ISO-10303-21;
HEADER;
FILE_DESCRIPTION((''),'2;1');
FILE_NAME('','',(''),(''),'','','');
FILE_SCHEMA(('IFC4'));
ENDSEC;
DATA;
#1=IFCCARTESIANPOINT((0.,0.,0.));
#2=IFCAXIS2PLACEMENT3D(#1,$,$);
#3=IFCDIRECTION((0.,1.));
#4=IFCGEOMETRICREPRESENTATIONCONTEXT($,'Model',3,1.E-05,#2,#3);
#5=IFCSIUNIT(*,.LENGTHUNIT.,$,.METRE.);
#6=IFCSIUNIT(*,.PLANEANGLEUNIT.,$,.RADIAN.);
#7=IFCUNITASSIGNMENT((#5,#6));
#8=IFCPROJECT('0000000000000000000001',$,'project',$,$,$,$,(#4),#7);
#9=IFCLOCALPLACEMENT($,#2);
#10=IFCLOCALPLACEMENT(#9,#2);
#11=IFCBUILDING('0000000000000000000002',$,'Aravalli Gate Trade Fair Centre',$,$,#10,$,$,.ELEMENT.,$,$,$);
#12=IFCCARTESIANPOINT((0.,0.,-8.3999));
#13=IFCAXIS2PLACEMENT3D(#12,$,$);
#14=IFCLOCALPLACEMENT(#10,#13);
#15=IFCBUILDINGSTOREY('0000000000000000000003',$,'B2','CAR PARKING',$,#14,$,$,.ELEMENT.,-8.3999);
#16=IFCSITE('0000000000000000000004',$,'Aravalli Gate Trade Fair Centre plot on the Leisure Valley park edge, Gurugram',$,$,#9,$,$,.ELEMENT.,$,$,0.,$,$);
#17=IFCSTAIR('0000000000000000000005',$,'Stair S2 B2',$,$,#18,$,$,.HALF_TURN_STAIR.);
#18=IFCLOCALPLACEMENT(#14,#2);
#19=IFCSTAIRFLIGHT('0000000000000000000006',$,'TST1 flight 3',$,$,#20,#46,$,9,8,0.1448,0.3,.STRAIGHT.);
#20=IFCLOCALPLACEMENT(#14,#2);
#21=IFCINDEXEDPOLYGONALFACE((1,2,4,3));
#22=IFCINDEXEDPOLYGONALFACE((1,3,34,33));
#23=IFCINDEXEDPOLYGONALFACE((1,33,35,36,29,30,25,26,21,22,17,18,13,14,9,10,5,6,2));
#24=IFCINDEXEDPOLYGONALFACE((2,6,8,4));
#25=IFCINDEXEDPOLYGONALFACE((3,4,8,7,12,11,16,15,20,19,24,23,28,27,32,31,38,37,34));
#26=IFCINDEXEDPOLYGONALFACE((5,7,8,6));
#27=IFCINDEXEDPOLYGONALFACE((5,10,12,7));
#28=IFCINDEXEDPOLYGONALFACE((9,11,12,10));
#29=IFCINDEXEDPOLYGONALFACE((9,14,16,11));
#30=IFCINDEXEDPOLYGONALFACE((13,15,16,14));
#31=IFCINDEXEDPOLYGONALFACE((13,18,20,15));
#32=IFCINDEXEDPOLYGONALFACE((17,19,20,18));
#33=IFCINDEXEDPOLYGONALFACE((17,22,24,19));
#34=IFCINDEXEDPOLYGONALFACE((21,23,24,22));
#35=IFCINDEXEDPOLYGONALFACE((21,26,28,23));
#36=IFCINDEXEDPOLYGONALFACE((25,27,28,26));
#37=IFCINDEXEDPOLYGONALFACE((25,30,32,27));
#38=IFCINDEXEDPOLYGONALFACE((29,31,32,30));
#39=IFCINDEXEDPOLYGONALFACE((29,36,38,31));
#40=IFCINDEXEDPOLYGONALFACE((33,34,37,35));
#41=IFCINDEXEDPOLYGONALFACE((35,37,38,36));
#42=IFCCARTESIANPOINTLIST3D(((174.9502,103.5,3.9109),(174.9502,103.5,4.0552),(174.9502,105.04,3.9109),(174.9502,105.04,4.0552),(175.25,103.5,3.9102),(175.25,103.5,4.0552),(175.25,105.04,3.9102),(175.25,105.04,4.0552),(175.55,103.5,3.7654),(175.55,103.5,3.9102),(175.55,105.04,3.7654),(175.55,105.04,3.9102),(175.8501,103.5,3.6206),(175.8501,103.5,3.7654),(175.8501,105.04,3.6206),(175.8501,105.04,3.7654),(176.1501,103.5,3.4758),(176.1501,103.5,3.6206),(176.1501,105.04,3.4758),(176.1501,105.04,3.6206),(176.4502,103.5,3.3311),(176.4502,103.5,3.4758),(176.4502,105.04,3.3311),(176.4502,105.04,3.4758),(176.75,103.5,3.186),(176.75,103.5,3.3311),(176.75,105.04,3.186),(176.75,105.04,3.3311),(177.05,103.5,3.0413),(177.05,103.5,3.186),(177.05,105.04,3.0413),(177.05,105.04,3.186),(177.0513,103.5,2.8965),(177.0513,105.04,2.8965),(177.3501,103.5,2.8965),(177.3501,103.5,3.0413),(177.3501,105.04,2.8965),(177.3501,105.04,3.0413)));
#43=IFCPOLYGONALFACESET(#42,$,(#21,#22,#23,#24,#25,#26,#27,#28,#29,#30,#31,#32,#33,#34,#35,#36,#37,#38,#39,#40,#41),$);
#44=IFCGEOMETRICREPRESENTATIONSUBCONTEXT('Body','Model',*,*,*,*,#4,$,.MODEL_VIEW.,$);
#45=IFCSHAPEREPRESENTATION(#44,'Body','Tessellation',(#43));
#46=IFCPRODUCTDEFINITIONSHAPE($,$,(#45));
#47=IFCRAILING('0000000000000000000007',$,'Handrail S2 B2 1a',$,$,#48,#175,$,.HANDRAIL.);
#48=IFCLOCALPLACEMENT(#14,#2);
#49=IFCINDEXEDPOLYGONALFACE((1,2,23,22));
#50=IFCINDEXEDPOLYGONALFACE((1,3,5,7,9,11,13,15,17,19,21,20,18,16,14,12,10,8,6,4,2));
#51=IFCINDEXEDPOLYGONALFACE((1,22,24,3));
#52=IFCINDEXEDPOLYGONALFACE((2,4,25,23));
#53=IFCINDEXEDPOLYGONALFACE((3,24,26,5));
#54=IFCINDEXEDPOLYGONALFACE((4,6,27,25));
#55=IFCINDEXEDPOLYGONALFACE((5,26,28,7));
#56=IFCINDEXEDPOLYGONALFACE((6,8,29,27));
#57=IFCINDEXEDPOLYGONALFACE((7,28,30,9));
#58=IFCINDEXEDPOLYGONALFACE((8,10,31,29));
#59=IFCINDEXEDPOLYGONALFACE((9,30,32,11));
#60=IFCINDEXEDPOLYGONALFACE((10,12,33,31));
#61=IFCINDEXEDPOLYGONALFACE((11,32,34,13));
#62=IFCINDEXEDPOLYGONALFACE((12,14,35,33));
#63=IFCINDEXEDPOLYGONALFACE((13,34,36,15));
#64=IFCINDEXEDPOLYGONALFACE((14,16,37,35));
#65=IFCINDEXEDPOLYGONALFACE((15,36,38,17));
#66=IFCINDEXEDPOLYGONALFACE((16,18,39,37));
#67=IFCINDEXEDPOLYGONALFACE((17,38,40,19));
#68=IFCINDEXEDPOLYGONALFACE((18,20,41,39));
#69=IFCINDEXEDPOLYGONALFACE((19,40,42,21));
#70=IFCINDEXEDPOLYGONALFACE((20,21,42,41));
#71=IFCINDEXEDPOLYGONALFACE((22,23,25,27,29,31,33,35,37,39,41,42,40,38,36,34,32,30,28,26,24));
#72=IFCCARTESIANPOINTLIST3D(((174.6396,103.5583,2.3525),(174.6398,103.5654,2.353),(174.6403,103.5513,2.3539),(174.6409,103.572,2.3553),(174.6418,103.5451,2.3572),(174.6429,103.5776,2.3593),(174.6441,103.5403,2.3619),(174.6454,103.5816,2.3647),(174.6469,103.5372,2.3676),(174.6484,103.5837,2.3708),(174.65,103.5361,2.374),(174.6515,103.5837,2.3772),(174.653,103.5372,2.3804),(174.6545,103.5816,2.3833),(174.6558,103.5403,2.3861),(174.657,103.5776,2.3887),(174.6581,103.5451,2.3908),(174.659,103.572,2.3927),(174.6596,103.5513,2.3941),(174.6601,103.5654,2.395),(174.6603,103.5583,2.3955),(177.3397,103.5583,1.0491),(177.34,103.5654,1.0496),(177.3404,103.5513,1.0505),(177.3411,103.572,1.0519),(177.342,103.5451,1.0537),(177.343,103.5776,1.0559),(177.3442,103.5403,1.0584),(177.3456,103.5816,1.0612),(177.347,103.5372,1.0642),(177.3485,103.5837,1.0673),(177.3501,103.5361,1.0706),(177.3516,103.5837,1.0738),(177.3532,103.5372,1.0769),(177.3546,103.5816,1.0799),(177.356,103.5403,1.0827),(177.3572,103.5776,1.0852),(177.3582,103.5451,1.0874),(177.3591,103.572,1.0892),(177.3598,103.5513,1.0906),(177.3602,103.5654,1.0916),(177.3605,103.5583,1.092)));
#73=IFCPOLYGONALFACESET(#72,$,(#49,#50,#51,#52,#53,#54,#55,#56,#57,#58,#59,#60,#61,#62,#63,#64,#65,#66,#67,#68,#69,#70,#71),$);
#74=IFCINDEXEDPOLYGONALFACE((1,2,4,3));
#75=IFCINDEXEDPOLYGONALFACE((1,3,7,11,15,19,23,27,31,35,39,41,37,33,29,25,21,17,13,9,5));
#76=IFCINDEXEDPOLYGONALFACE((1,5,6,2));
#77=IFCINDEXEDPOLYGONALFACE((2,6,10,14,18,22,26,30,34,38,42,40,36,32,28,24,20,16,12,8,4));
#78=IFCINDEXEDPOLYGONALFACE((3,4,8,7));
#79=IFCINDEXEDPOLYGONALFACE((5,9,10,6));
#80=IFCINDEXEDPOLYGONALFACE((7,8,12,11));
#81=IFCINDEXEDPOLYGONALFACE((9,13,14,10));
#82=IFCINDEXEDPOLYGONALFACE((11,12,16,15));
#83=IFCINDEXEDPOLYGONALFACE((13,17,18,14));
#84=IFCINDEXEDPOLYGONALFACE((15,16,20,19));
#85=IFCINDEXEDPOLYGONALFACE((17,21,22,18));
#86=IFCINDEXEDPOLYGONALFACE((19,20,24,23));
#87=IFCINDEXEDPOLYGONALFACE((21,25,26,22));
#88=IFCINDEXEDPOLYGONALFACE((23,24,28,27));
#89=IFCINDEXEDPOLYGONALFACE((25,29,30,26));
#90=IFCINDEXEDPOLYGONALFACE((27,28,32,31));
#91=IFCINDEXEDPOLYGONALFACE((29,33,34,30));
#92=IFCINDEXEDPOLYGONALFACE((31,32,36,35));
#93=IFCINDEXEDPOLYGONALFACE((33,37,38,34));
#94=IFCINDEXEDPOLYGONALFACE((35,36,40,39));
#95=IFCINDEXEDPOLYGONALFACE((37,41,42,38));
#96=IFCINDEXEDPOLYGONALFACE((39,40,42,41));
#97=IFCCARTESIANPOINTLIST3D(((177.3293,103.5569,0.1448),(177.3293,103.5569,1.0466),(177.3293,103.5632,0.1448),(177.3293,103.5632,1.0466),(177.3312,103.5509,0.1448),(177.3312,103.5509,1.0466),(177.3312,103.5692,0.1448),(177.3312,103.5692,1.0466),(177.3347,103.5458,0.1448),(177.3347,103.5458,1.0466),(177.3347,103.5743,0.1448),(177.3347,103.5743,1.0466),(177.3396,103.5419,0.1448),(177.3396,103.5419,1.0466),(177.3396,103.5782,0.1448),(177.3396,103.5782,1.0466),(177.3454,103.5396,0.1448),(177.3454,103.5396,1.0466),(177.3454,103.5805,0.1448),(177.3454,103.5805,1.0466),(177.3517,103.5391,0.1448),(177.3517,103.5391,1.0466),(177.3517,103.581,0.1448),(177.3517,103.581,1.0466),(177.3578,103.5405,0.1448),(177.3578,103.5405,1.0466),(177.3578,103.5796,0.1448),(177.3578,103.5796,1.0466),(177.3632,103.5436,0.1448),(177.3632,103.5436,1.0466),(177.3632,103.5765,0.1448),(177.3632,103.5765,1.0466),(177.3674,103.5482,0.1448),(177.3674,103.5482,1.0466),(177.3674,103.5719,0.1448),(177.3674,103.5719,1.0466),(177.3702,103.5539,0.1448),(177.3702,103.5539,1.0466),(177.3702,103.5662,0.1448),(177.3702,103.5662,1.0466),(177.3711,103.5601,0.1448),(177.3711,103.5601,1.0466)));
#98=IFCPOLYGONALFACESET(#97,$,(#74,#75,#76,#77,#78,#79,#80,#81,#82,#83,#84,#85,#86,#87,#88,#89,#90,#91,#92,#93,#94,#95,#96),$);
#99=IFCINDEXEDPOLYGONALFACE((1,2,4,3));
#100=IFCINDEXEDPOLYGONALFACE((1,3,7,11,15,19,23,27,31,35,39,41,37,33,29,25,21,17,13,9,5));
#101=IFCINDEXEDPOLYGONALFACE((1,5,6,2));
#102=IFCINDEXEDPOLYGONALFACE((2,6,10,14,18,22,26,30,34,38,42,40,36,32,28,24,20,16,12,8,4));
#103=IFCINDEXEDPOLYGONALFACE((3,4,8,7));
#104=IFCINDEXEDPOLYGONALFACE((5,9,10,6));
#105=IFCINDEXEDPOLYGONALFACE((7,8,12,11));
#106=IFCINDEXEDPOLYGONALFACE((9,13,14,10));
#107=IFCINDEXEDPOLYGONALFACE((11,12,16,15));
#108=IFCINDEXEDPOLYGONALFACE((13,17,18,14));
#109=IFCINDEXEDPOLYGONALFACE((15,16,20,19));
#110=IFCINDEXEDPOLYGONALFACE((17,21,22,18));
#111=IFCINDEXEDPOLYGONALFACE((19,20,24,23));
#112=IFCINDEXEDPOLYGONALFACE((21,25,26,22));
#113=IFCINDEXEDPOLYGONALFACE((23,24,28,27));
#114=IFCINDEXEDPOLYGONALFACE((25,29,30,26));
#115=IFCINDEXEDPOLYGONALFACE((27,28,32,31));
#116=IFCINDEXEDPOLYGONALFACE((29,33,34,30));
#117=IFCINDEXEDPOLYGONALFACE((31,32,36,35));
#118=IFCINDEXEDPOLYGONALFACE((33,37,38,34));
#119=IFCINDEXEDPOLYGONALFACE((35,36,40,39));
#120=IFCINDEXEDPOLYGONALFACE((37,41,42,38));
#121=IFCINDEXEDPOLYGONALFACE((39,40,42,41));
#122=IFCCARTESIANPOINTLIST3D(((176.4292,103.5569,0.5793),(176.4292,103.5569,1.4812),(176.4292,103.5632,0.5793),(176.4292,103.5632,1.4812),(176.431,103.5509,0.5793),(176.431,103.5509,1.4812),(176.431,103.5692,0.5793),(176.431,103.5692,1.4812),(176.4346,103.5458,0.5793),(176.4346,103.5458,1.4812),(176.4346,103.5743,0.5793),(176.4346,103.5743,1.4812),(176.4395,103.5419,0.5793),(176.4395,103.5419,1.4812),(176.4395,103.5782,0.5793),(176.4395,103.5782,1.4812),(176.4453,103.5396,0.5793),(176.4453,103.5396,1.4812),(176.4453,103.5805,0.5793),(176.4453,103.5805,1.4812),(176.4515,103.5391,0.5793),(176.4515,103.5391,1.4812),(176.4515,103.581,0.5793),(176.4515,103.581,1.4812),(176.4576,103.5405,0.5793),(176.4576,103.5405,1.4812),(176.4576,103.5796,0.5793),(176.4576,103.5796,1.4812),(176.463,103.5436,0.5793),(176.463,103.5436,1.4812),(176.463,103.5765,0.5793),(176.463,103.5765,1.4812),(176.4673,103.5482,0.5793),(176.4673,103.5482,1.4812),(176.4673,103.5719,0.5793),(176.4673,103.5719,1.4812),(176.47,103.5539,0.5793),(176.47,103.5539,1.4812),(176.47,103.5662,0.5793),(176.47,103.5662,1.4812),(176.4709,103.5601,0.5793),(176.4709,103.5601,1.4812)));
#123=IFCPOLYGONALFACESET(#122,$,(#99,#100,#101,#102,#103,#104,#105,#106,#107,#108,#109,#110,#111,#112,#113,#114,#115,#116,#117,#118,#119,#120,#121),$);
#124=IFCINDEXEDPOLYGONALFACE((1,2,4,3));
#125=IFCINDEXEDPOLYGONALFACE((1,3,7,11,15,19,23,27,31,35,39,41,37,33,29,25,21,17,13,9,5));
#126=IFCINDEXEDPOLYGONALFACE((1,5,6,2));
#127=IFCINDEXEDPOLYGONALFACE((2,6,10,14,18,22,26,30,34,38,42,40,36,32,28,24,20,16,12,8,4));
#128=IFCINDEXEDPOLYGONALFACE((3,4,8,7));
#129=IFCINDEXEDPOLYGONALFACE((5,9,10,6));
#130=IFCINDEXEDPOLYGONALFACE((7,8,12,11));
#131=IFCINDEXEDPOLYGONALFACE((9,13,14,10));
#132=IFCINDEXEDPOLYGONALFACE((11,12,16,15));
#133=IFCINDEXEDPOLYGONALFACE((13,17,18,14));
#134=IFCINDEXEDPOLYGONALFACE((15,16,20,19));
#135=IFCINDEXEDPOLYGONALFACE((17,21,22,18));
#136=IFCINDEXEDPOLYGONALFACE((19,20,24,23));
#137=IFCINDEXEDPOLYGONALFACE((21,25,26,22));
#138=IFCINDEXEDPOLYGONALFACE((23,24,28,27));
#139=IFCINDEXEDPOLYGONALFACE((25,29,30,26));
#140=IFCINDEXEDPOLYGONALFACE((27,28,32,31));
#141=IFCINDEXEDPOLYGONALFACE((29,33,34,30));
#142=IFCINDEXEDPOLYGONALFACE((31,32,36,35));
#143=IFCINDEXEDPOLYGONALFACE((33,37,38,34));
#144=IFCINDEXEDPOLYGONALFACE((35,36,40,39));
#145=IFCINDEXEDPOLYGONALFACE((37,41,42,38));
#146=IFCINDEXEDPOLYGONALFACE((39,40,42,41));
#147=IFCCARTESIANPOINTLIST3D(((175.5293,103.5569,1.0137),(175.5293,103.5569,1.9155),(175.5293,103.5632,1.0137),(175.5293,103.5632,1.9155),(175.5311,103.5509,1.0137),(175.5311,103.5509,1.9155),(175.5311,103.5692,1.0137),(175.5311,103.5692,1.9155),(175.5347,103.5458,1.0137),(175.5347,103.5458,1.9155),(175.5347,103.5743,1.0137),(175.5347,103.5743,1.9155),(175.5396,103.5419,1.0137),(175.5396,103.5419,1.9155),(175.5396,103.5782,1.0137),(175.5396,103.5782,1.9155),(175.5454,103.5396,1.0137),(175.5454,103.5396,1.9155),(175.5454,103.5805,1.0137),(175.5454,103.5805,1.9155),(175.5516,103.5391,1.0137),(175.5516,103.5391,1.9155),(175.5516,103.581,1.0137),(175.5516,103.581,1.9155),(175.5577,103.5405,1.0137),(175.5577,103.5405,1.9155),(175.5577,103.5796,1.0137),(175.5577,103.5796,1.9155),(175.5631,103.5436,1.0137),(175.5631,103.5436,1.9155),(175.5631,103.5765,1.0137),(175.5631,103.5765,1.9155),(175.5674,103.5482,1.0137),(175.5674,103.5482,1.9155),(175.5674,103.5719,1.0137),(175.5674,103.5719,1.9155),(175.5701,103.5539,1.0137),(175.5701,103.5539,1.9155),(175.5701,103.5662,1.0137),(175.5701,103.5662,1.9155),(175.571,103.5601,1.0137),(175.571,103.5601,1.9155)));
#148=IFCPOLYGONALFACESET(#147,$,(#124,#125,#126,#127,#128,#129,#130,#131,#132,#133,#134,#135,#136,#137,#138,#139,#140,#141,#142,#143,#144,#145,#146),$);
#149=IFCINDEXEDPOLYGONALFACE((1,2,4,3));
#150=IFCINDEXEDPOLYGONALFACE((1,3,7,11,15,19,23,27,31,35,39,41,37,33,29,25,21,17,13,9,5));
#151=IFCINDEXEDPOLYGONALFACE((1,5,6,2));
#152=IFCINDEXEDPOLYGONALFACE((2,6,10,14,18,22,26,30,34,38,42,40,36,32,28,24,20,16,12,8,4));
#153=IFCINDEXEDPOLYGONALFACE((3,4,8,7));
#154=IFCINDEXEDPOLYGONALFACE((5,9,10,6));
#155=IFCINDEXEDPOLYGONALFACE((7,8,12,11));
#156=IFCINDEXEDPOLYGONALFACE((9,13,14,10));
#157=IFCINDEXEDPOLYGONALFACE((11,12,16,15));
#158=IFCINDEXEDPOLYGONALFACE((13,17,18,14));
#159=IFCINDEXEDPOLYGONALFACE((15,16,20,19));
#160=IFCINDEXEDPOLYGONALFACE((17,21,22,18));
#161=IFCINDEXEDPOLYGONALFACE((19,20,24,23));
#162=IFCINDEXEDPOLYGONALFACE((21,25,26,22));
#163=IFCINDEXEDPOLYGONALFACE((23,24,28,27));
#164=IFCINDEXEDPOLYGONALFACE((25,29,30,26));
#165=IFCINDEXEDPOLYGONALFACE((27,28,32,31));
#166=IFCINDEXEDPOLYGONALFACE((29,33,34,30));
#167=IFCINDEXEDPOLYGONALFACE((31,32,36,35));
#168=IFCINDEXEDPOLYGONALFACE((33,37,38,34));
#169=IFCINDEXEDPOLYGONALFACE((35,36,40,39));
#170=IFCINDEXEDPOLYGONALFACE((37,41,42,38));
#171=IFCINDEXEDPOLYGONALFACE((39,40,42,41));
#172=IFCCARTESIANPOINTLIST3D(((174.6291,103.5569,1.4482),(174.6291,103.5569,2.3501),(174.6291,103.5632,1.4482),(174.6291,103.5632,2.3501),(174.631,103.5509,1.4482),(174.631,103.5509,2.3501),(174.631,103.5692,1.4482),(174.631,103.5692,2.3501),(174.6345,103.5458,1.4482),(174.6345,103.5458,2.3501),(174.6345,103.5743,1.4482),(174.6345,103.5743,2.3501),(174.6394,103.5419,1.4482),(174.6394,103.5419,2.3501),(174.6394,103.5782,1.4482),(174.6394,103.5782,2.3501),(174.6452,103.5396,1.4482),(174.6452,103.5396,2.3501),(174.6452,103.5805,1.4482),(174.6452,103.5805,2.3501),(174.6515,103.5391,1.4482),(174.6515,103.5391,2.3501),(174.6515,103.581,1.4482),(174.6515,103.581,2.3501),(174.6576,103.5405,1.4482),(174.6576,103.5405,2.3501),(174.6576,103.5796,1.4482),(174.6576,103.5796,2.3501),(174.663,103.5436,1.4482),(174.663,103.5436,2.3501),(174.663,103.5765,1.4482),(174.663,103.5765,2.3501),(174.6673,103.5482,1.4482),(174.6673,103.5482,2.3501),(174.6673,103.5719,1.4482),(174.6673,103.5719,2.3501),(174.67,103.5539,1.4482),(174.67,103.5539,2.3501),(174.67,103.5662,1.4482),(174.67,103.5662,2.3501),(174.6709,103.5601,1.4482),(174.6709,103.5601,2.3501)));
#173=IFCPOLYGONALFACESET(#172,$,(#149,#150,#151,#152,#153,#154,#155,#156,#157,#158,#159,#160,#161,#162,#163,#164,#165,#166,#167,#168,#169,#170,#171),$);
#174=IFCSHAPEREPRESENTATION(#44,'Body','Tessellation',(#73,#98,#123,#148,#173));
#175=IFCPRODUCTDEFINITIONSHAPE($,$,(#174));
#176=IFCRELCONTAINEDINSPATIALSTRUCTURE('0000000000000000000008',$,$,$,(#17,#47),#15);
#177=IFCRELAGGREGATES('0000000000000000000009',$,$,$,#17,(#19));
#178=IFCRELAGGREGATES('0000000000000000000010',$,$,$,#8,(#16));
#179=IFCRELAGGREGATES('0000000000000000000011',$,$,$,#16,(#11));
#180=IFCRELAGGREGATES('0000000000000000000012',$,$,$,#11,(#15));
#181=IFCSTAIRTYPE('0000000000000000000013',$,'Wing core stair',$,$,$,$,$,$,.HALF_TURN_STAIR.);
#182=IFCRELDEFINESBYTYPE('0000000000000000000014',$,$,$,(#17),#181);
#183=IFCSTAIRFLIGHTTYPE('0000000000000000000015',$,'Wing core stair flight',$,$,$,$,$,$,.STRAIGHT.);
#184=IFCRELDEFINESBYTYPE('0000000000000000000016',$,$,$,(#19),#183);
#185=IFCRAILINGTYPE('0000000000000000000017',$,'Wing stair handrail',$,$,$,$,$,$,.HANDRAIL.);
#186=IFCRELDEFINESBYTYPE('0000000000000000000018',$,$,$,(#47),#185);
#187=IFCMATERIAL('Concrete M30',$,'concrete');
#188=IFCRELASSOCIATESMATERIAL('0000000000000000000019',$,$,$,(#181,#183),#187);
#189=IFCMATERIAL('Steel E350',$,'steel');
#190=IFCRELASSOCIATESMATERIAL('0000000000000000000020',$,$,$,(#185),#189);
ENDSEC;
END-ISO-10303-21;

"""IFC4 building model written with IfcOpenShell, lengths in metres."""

from ifc_helpers import new_model, si_unit, direction, frame, origin, origin_2d, place, context, subcontext, project, spatial, polyline, circle, outline, extrude, material, type_object, element, aggregate, save


model = new_model("IFC4")

# Units and contexts
model_context = context("Model", 3, precision=1e-05, world=origin(), true_north=direction((0.0, 1.0)))
body_context = subcontext(model_context, "Body", "Model", "MODEL_VIEW")
ifc_project = project(units=[si_unit("LENGTHUNIT", "METRE"), si_unit("PLANEANGLEUNIT", "RADIAN")], contexts=[model_context])

# Site, building, storey
site_placement = place(None, origin())
site = spatial("IfcSite", under=ifc_project, at=site_placement, Name="Aravalli Gate Trade Fair Centre plot on the Leisure Valley park edge, Gurugram", CompositionType="ELEMENT", RefElevation=0.0)
building_placement = place(site_placement, origin())
building = spatial("IfcBuilding", under=site, at=building_placement, Name="Aravalli Gate Trade Fair Centre", CompositionType="ELEMENT")
storey_placement = place(building_placement, frame((0.0, 0.0, -8.3999)))
storey = spatial("IfcBuildingStorey", under=building, at=storey_placement, Name="B2", Description="CAR PARKING", CompositionType="ELEMENT", Elevation=-8.3999)

# Shared definitions
ifc_material_1 = material(Name="Steel E350", Category="steel")

# Shared definitions
ifc_material_2 = material(Name="Concrete M30", Category="concrete")

# Stair, stair flight
stair_type = type_object("IfcStairType", Name="Wing core stair", PredefinedType="HALF_TURN_STAIR", material=ifc_material_2)
stair_placement = place(storey_placement, origin())
stair = element("IfcStair", 1, at=stair_placement, inside=storey, type_object=stair_type, Name="Stair S2 B2", PredefinedType="HALF_TURN_STAIR")
stair_flight_type = type_object("IfcStairFlightType", Name="Wing core stair flight", PredefinedType="STRAIGHT", material=ifc_material_2)
stair_flight_1_placement = place(storey_placement, frame((177.3501, 104.27, 2.8965), z_axis=(0.0, 0.0, 1.0), x_axis=(-1.0, 0.0, 0.0)))
stair_flight_1 = element("IfcStairFlight", 2, at=stair_flight_1_placement, type_object=stair_flight_type, Name="TST1 flight 3", NumberOfRisers=9, NumberOfTreads=8, PredefinedType="STRAIGHT", RiserHeight=0.1448, TreadLength=0.3, context=body_context, shape_type="SweptSolid", body=[
    extrude(outline(polyline([(0.0, 0.0), (0.0, 0.1448), (0.3, 0.1448), (0.3, 0.2896), (0.6001, 0.2896), (0.6001, 0.4346), (0.8999, 0.4346), (0.8999, 0.5793), (1.2, 0.5793), (1.2, 0.7241), (1.5, 0.7241), (1.5, 0.8689), (1.8, 0.8689), (1.8, 1.0137), (2.1001, 1.0137), (2.1001, 1.1587), (2.3999, 1.1587), (2.3999, 1.3035), (2.3999, 1.0144), (0.2988, 0.0), (0.0, 0.0)])), frame((0.0, 0.77, 0.0), z_axis=(0.0, -1.0, 0.0), x_axis=(1.0, 0.0, 0.0)), (0.0, 0.0, 1.0), 1.54),
])
aggregate(stair, [stair_flight_1])

# Railing
railing_type = type_object("IfcRailingType", Name="Wing stair handrail", PredefinedType="HANDRAIL", material=ifc_material_1)
for number, where, name in (
    (3, (177.3501, 103.5601, 0.1448), "Handrail S2 B2 1a"),
):
    element("IfcRailing", number, at=place(storey_placement, frame(where)), inside=storey, type_object=railing_type, Name=name, PredefinedType="HANDRAIL", context=body_context, shape_type="SweptSolid", body=[
        extrude(circle(Radius=0.0239, at=origin_2d()), frame((0.0, 0.0, 0.9258), z_axis=(-0.900562, 0.0, 0.434729), x_axis=(0.0, -1.0, 0.0)), (0.0, 0.0, 1.0), 2.9983),
        extrude(circle(Radius=0.021, at=origin_2d()), origin(), (0.0, 0.0, 1.0), 0.9019),
        extrude(circle(Radius=0.021, at=origin_2d()), frame((-0.9001, 0.0, 0.4346)), (0.0, 0.0, 1.0), 0.9019),
        extrude(circle(Radius=0.021, at=origin_2d()), frame((-1.8, 0.0, 0.8689)), (0.0, 0.0, 1.0), 0.9019),
        extrude(circle(Radius=0.021, at=origin_2d()), frame((-2.7002, 0.0, 1.3035)), (0.0, 0.0, 1.0), 0.9019),
    ])

save(model, "model.ifc")
